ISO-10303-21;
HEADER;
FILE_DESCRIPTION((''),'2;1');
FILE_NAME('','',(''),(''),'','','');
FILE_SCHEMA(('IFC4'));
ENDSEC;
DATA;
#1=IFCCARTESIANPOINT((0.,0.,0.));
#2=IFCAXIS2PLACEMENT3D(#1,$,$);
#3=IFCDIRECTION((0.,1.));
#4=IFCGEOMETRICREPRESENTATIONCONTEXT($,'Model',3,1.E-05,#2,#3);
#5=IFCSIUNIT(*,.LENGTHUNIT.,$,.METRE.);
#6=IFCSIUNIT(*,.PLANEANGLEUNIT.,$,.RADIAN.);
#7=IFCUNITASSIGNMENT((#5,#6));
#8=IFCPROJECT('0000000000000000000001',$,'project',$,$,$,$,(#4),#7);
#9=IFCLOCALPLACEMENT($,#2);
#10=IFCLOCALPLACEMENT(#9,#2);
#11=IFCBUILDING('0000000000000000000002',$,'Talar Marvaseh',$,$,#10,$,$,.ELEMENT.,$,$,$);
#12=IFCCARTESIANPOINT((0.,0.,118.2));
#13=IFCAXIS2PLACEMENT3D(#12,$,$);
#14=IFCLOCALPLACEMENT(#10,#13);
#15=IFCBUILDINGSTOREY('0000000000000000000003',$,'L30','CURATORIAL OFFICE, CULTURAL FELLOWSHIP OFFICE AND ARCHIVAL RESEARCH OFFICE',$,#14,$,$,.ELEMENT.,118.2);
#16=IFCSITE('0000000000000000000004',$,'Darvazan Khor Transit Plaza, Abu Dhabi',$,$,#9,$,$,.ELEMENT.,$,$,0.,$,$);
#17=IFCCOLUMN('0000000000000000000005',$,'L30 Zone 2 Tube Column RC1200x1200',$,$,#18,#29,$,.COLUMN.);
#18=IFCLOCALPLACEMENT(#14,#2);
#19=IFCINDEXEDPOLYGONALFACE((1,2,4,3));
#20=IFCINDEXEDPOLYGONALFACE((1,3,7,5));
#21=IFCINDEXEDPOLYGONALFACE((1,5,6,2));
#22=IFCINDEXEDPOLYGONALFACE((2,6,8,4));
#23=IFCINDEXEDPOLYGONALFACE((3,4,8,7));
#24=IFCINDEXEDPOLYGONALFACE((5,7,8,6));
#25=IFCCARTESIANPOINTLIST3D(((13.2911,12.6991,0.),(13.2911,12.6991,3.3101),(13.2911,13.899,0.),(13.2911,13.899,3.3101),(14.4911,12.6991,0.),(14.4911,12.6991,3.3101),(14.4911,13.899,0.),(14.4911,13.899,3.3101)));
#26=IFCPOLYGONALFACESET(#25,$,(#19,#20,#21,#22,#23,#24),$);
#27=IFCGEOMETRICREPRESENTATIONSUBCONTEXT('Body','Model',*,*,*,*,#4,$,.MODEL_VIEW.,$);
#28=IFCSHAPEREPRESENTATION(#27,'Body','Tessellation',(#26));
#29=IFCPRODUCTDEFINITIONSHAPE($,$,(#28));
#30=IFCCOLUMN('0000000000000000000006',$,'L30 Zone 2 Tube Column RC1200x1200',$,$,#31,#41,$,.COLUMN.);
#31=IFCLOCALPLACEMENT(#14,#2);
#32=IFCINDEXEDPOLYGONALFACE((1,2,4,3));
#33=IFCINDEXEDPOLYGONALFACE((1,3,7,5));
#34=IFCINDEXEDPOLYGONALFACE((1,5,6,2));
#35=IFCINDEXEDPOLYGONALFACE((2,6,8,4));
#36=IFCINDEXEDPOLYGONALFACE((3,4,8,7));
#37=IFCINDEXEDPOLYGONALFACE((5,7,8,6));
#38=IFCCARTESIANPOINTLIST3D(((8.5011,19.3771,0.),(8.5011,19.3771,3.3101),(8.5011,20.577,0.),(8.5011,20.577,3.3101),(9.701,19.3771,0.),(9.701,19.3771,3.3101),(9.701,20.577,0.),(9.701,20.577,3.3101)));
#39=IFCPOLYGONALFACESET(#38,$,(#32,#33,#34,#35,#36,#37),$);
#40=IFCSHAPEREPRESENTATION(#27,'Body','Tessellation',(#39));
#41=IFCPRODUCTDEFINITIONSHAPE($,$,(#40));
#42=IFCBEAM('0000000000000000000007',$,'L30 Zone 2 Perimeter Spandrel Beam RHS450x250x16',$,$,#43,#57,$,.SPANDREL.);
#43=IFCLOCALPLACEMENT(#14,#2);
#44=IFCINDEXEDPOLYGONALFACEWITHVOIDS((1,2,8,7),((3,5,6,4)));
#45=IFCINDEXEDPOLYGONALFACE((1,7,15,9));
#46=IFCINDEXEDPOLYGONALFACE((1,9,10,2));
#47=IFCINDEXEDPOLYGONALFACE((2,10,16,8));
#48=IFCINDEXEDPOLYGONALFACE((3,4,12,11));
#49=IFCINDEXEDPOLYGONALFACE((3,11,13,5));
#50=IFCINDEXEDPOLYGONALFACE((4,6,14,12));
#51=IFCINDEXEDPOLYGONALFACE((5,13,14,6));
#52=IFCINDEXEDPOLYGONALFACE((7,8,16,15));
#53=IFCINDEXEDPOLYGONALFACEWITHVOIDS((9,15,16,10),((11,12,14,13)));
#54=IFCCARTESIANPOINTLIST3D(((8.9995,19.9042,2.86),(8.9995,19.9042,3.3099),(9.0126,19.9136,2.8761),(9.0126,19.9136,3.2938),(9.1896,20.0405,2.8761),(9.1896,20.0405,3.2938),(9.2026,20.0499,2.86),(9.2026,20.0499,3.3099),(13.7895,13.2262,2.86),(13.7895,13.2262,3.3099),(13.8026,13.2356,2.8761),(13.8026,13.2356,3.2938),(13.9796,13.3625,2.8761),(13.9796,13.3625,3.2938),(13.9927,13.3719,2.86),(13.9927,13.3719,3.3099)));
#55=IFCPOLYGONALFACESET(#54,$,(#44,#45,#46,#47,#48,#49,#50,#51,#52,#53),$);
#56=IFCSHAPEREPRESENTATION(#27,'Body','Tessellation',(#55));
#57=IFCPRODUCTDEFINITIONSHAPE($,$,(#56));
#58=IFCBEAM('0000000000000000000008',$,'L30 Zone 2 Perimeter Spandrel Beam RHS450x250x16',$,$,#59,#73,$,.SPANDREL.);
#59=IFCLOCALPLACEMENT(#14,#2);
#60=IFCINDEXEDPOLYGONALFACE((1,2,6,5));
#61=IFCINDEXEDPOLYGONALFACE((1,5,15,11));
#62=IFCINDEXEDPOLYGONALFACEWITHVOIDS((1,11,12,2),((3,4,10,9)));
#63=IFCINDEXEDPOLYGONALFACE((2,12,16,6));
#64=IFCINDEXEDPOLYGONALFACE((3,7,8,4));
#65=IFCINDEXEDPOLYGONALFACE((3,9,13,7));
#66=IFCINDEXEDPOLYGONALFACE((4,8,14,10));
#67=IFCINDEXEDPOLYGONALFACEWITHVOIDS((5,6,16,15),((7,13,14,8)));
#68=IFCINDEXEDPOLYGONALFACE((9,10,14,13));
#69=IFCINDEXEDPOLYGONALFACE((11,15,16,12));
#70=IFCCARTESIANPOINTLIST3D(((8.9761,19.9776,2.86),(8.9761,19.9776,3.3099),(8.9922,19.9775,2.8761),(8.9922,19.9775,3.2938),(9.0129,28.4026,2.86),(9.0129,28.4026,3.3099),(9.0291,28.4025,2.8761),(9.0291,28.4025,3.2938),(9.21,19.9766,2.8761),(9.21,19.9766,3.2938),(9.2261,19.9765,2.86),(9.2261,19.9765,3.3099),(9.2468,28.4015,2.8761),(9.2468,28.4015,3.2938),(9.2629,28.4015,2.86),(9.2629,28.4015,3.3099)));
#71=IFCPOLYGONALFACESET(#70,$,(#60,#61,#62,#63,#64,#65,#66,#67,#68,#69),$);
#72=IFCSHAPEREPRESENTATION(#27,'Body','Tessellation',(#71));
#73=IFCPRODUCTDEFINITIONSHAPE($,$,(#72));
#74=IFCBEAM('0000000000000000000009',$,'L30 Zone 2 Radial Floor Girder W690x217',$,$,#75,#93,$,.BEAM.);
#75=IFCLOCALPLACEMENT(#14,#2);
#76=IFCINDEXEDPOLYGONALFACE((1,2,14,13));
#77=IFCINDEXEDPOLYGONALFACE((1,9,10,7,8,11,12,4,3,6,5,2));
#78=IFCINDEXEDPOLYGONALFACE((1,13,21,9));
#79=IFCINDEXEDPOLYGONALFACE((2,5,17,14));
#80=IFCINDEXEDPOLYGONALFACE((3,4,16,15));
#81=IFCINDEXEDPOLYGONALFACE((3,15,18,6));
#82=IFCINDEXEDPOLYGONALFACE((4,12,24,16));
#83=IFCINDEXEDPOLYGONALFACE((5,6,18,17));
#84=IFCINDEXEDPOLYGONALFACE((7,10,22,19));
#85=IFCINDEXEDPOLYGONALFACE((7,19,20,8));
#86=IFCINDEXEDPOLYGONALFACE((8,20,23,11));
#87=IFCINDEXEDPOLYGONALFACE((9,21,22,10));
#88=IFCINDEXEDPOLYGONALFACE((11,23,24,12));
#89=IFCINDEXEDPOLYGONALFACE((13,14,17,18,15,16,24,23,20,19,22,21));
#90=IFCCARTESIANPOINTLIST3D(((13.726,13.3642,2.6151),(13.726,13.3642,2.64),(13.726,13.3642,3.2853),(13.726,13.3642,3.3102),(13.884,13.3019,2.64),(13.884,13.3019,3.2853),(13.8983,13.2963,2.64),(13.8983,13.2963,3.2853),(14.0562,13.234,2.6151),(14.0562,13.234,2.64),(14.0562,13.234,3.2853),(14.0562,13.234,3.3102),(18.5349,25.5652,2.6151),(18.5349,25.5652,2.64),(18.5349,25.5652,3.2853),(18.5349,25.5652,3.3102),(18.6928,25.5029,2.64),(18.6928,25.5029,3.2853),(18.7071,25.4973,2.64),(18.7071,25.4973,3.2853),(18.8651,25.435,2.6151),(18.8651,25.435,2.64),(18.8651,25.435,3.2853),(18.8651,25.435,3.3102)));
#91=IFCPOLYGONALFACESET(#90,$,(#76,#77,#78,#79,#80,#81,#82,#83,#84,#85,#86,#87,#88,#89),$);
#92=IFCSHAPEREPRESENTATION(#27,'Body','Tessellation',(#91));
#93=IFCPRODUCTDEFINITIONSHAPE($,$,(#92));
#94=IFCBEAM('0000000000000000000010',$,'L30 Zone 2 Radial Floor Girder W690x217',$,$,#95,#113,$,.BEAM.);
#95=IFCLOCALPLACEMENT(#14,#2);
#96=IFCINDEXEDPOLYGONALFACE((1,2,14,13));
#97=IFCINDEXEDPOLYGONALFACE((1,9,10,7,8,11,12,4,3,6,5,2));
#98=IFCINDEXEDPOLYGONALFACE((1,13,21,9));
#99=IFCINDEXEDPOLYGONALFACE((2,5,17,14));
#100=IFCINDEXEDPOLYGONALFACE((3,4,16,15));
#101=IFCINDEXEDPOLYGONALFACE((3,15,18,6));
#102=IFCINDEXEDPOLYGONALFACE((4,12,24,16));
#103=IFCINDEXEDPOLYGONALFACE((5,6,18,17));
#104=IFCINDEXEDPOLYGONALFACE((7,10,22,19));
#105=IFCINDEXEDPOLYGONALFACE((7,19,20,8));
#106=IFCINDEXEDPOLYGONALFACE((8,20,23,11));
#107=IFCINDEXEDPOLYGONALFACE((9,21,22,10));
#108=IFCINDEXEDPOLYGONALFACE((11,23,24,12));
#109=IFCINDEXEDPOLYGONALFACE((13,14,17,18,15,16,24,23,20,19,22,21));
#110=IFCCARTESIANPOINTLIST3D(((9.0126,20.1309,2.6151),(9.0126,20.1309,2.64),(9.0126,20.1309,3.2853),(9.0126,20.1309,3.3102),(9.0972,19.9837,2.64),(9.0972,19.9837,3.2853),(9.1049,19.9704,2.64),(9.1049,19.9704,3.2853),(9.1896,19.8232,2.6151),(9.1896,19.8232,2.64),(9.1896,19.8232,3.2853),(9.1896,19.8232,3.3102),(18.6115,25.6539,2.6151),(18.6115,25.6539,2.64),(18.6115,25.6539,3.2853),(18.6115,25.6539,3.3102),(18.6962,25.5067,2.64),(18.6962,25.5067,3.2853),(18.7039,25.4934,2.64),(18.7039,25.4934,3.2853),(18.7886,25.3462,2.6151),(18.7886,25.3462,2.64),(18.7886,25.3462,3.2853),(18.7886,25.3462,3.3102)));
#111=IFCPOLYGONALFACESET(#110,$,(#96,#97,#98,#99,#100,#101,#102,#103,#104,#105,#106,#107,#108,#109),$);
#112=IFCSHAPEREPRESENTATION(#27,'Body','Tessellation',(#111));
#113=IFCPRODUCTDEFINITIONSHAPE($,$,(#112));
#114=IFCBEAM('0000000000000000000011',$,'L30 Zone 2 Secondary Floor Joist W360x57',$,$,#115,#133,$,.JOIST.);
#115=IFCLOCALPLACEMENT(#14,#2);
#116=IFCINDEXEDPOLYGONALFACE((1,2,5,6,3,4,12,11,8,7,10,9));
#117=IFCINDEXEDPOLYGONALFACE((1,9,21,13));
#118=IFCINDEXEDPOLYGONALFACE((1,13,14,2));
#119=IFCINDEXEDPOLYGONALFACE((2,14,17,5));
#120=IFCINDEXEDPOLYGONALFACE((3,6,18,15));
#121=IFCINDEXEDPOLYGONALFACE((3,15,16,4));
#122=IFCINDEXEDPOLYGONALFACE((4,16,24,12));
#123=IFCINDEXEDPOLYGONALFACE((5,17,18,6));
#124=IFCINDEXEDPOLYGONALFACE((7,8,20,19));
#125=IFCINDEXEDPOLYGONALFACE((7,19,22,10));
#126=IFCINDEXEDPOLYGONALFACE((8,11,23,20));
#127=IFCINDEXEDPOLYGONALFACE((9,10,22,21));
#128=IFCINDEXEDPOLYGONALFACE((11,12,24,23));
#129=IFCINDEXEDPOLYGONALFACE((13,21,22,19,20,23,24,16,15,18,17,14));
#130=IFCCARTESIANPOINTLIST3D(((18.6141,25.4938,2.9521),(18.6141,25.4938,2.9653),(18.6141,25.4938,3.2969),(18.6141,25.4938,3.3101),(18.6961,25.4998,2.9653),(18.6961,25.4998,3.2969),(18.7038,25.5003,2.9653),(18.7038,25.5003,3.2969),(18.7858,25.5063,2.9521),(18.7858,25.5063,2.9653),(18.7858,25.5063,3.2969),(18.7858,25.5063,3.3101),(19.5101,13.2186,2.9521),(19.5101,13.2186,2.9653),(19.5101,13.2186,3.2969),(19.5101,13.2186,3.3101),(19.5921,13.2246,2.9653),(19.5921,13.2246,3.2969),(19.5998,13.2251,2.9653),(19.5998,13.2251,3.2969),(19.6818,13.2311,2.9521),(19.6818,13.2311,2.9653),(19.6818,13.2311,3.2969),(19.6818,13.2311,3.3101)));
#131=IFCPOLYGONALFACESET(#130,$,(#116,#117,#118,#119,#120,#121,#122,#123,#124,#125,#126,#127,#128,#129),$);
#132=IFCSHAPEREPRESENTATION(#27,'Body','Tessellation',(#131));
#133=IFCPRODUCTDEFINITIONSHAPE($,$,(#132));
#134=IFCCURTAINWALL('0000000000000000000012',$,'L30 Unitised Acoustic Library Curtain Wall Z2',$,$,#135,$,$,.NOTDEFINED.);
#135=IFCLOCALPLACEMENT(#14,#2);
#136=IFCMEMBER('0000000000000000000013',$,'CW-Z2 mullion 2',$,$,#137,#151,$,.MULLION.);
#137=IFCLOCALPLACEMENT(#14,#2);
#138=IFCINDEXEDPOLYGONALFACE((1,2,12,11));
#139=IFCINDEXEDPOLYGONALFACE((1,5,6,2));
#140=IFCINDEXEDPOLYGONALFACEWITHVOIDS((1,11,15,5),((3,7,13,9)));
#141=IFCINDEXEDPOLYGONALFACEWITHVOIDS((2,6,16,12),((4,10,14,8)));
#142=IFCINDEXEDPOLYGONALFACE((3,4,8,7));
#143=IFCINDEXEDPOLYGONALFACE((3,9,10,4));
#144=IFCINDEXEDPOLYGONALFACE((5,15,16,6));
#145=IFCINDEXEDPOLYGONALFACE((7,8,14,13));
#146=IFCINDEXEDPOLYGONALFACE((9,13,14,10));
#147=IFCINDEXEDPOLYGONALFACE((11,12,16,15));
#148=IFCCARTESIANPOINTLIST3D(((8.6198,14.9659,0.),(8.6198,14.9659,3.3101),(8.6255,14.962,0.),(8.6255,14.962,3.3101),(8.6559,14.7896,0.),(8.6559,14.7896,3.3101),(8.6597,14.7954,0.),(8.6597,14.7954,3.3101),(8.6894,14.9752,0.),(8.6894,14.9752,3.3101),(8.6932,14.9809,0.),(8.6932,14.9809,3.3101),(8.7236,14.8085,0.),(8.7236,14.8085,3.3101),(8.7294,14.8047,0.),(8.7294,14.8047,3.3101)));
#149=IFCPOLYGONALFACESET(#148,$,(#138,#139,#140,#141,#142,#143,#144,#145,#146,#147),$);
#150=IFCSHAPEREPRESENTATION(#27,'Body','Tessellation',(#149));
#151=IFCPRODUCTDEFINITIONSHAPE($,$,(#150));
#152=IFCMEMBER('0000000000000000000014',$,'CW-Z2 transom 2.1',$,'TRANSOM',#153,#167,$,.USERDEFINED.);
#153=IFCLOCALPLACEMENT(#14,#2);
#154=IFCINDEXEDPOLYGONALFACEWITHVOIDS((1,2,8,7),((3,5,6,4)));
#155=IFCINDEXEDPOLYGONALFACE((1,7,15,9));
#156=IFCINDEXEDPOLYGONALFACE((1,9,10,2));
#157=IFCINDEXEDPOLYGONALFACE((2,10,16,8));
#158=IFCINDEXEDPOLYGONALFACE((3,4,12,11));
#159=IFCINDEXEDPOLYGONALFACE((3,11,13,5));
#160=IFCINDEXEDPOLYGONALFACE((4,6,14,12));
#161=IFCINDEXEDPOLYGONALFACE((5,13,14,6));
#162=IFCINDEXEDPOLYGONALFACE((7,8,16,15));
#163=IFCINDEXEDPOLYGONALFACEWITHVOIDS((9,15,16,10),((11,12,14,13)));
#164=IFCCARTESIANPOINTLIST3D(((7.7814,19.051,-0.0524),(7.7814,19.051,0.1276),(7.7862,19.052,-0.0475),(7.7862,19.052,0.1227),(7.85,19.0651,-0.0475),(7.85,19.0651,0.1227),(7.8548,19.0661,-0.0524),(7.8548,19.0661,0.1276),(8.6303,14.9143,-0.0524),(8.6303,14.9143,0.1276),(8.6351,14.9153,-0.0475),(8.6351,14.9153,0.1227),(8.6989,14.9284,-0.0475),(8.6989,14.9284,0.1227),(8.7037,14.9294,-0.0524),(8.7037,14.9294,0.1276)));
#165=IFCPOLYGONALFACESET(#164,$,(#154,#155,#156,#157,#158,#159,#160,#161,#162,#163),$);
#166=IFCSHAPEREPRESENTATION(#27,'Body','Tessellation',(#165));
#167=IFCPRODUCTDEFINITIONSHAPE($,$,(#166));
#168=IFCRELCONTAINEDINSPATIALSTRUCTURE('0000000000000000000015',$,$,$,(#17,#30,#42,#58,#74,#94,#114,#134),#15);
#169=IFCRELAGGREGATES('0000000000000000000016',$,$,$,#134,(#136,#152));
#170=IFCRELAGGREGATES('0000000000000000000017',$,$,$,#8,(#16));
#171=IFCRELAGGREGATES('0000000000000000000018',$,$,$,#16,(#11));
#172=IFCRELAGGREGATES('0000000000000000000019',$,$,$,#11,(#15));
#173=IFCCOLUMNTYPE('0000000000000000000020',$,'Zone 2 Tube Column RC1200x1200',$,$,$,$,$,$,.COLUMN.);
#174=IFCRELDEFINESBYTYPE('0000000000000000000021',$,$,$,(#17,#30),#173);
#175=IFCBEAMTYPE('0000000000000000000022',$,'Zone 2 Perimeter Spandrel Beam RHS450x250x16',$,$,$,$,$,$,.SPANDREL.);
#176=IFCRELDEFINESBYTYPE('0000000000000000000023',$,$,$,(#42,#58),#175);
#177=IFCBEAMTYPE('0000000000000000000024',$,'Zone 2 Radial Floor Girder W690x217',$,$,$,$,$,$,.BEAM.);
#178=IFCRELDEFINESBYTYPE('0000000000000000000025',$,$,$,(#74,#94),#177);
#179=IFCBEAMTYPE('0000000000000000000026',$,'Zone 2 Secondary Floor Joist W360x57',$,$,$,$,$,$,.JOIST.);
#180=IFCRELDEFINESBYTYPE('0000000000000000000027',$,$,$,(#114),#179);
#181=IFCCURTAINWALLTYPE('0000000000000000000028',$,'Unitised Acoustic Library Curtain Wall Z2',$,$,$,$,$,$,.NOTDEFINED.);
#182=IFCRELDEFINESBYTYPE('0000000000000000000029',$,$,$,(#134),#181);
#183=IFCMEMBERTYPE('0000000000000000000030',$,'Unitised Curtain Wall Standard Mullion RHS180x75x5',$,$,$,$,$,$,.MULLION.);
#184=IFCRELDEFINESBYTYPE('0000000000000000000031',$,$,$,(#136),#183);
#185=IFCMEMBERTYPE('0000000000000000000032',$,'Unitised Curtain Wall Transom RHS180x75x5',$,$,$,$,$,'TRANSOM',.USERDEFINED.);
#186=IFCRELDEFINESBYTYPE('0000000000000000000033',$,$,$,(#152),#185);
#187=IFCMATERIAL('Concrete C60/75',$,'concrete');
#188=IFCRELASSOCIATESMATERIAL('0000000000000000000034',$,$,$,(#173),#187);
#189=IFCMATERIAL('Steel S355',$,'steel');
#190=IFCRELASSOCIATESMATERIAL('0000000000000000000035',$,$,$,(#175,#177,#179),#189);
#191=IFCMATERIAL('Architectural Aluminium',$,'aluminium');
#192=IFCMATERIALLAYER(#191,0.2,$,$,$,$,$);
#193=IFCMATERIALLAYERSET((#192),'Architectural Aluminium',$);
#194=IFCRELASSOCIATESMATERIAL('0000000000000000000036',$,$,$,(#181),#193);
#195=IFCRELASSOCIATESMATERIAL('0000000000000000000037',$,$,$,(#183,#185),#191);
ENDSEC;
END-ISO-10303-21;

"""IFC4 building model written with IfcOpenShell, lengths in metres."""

from ifc_helpers import new_model, si_unit, direction, frame, origin, origin_2d, place, context, subcontext, project, spatial, rectangle, hollow_rectangle, i_section, extrude, source, transform, mapped, material, layer, layer_set, material_profile, profile_set, type_object, type_shapes, element, aggregate, save


model = new_model("IFC4")

# Units and contexts
model_context = context("Model", 3, precision=1e-05, world=origin(), true_north=direction((0.0, 1.0)))
body_context = subcontext(model_context, "Body", "Model", "MODEL_VIEW")
ifc_project = project(units=[si_unit("LENGTHUNIT", "METRE"), si_unit("PLANEANGLEUNIT", "RADIAN")], contexts=[model_context])

# Site, building, storey
site_placement = place(None, origin())
site = spatial("IfcSite", under=ifc_project, at=site_placement, Name="Darvazan Khor Transit Plaza, Abu Dhabi", CompositionType="ELEMENT", RefElevation=0.0)
building_placement = place(site_placement, origin())
building = spatial("IfcBuilding", under=site, at=building_placement, Name="Talar Marvaseh", CompositionType="ELEMENT")
storey_placement = place(building_placement, frame((0.0, 0.0, 118.2)))
storey = spatial("IfcBuildingStorey", under=building, at=storey_placement, Name="L30", Description="CURATORIAL OFFICE, CULTURAL FELLOWSHIP OFFICE AND ARCHIVAL RESEARCH OFFICE", CompositionType="ELEMENT", Elevation=118.2)

# Columns
ifc_material_1 = material(Name="Concrete C60/75", Category="concrete")
ifc_material_profile_1 = material_profile(ifc_material_1, rectangle(XDim=1.2, YDim=1.2, at=origin_2d()), Name="RC1200x1200")
ifc_profile_set_1 = profile_set([ifc_material_profile_1], Name="Concrete C60/75")
column_type = type_object("IfcColumnType", Name="Zone 2 Tube Column RC1200x1200", PredefinedType="COLUMN", material=ifc_profile_set_1)
for number, where, z_axis, x_axis, name in (
    (1, (13.8911, 13.2991, 0.0), (0.0, 0.0, 1.0), (1.0, 0.0, 0.0), "L30 Zone 2 Tube Column RC1200x1200"),
    (2, (9.1011, 19.9771, 0.0), (0.0, 0.0, 1.0), (1.0, 0.0, 0.0), "L30 Zone 2 Tube Column RC1200x1200"),
):
    element("IfcColumn", number, at=place(storey_placement, frame(where, z_axis=z_axis, x_axis=x_axis)), inside=storey, type_object=column_type, Name=name, PredefinedType="COLUMN", context=body_context, shape_type="SweptSolid", body=[
        extrude(rectangle(XDim=1.2, YDim=1.2, at=origin_2d()), origin(), (0.0, 0.0, 1.0), 3.3101),
    ])

# Beams
ifc_material_2 = material(Name="Steel S355", Category="steel")
ifc_material_profile_2 = material_profile(ifc_material_2, hollow_rectangle(XDim=0.25, YDim=0.45, WallThickness=0.0161, at=origin_2d()), Name="RHS450x250x16")
ifc_profile_set_2 = profile_set([ifc_material_profile_2], Name="Steel S355")
beam_type_1 = type_object("IfcBeamType", Name="Zone 2 Perimeter Spandrel Beam RHS450x250x16", PredefinedType="SPANDREL", material=ifc_profile_set_2)
beam_1_placement = place(storey_placement, frame((13.8911, 13.2991, 3.085), z_axis=(-0.582853, 0.812578, 0.0), x_axis=(-0.812578, -0.582853, 0.0)))
element("IfcBeam", 3, at=beam_1_placement, inside=storey, type_object=beam_type_1, Name="L30 Zone 2 Perimeter Spandrel Beam RHS450x250x16", PredefinedType="SPANDREL", context=body_context, shape_type="SweptSolid", body=[
    extrude(hollow_rectangle(XDim=0.25, YDim=0.45, WallThickness=0.0161, at=origin_2d()), origin(), (0.0, 0.0, 1.0), 8.2183),
])
beam_2_placement = place(storey_placement, frame((9.1011, 19.9771, 3.085), z_axis=(0.004376, 0.99999, 0.0), x_axis=(-0.99999, 0.004376, 0.0)))
element("IfcBeam", 4, at=beam_2_placement, inside=storey, type_object=beam_type_1, Name="L30 Zone 2 Perimeter Spandrel Beam RHS450x250x16", PredefinedType="SPANDREL", context=body_context, shape_type="SweptSolid", body=[
    extrude(hollow_rectangle(XDim=0.25, YDim=0.45, WallThickness=0.0161, at=origin_2d()), origin(), (0.0, 0.0, 1.0), 8.425),
])
ifc_material_profile_3 = material_profile(ifc_material_2, i_section(OverallWidth=0.355, OverallDepth=0.6951, WebThickness=0.0154, FlangeThickness=0.0249, at=origin_2d()), Name="W690x217")
ifc_profile_set_3 = profile_set([ifc_material_profile_3], Name="Steel S355")
beam_type_2 = type_object("IfcBeamType", Name="Zone 2 Radial Floor Girder W690x217", PredefinedType="BEAM", material=ifc_profile_set_3)
beam_3_placement = place(storey_placement, frame((13.8911, 13.2991, 2.9626), z_axis=(0.366684, 0.930346, 0.0), x_axis=(-0.930346, 0.366684, 0.0)))
element("IfcBeam", 5, at=beam_3_placement, inside=storey, type_object=beam_type_2, Name="L30 Zone 2 Radial Floor Girder W690x217", PredefinedType="BEAM", context=body_context, shape_type="SweptSolid", body=[
    extrude(i_section(OverallWidth=0.355, OverallDepth=0.6951, WebThickness=0.0154, FlangeThickness=0.0249, at=origin_2d()), origin(), (0.0, 0.0, 1.0), 13.1145),
])
beam_4_placement = place(storey_placement, frame((9.1011, 19.9771, 2.9626), z_axis=(0.866766, 0.498715, 0.0), x_axis=(-0.498715, 0.866766, 0.0)))
element("IfcBeam", 6, at=beam_4_placement, inside=storey, type_object=beam_type_2, Name="L30 Zone 2 Radial Floor Girder W690x217", PredefinedType="BEAM", context=body_context, shape_type="SweptSolid", body=[
    extrude(i_section(OverallWidth=0.355, OverallDepth=0.6951, WebThickness=0.0154, FlangeThickness=0.0249, at=origin_2d()), origin(), (0.0, 0.0, 1.0), 11.0745),
])
ifc_material_profile_4 = material_profile(ifc_material_2, i_section(OverallWidth=0.1721, OverallDepth=0.3579, WebThickness=0.0078, FlangeThickness=0.0132, at=origin_2d()), Name="W360x57")
ifc_profile_set_4 = profile_set([ifc_material_profile_4], Name="Steel S355")
beam_type_3 = type_object("IfcBeamType", Name="Zone 2 Secondary Floor Joist W360x57", PredefinedType="JOIST", material=ifc_profile_set_4)
beam_5_placement = place(storey_placement, frame((19.5959, 13.2249, 3.1311), z_axis=(-0.072799, 0.997347, 0.0), x_axis=(-0.997347, -0.072799, 0.0)))
element("IfcBeam", 7, at=beam_5_placement, inside=storey, type_object=beam_type_3, Name="L30 Zone 2 Secondary Floor Joist W360x57", PredefinedType="JOIST", context=body_context, shape_type="SweptSolid", body=[
    extrude(i_section(OverallWidth=0.1721, OverallDepth=0.3579, WebThickness=0.0078, FlangeThickness=0.0132, at=origin_2d()), origin(), (0.0, 0.0, 1.0), 12.3079),
])

# Curtain wall, members
ifc_material_3 = material(Name="Architectural Aluminium", Category="aluminium")
ifc_layer_1 = layer(ifc_material_3, 0.2)
ifc_layer_set_1 = layer_set([ifc_layer_1], Name="Architectural Aluminium")
curtain_wall_type = type_object("IfcCurtainWallType", Name="Unitised Acoustic Library Curtain Wall Z2", PredefinedType="NOTDEFINED", material=ifc_layer_set_1)
curtain_wall_placement = place(storey_placement, origin())
curtain_wall = element("IfcCurtainWall", 8, at=curtain_wall_placement, inside=storey, type_object=curtain_wall_type, Name="L30 Unitised Acoustic Library Curtain Wall Z2", PredefinedType="NOTDEFINED")
ifc_material_profile_5 = material_profile(ifc_material_3, hollow_rectangle(XDim=0.075, YDim=0.1799, WallThickness=0.0049, at=origin_2d()), Name="RHS180x75x5")
ifc_profile_set_5 = profile_set([ifc_material_profile_5], Name="Architectural Aluminium")
member_type_1 = type_object("IfcMemberType", Name="Unitised Curtain Wall Standard Mullion RHS180x75x5", PredefinedType="MULLION", material=ifc_profile_set_5)
shared_shape_1 = source(origin(), body_context, "Body", "SweptSolid", [
    extrude(hollow_rectangle(XDim=0.075, YDim=0.1799, WallThickness=0.0049, at=origin_2d()), origin(), (0.0, 0.0, 1.0), 3.3101),
])
type_shapes(member_type_1, [shared_shape_1])
member_1_placement = place(storey_placement, frame((8.6746, 14.8853, 0.0), z_axis=(0.0, 0.0, 1.0), x_axis=(-0.979589, -0.201011, 0.0)))
member_1 = element("IfcMember", 9, at=member_1_placement, type_object=member_type_1, Name="CW-Z2 mullion 2", PredefinedType="MULLION", context=body_context, shape_type="MappedRepresentation", body=[
    mapped(shared_shape_1, transform((0.0, 0.0, 0.0), x_axis=(1.0, 0.0, 0.0), y_axis=(0.0, 1.0, 0.0), z_axis=(0.0, 0.0, 1.0), scale=1.0)),
])
ifc_material_profile_6 = material_profile(ifc_material_3, hollow_rectangle(XDim=0.075, YDim=0.1799, WallThickness=0.0049, at=origin_2d()), Name="RHS180x75x5")
ifc_profile_set_6 = profile_set([ifc_material_profile_6], Name="Architectural Aluminium")
member_type_2 = type_object("IfcMemberType", Name="Unitised Curtain Wall Transom RHS180x75x5", ElementType="TRANSOM", PredefinedType="USERDEFINED", material=ifc_profile_set_6)
shared_shape_2 = source(origin(), body_context, "Body", "SweptSolid", [
    extrude(hollow_rectangle(XDim=0.075, YDim=0.1799, WallThickness=0.0049, at=origin_2d()), origin(), (0.0, 0.0, 1.0), 4.2229),
])
type_shapes(member_type_2, [shared_shape_2])
member_2_placement = place(storey_placement, frame((8.667, 14.9219, 0.0376), z_axis=(-0.201017, 0.979588, 0.0), x_axis=(-0.979588, -0.201017, 0.0)))
member_2 = element("IfcMember", 10, at=member_2_placement, type_object=member_type_2, Name="CW-Z2 transom 2.1", ObjectType="TRANSOM", PredefinedType="USERDEFINED", context=body_context, shape_type="MappedRepresentation", body=[
    mapped(shared_shape_2, transform((0.0, 0.0, 0.0), x_axis=(1.0, 0.0, 0.0), y_axis=(0.0, 1.0, 0.0), z_axis=(0.0, 0.0, 1.0), scale=1.0)),
])
aggregate(curtain_wall, [member_1, member_2])

save(model, "model.ifc")
